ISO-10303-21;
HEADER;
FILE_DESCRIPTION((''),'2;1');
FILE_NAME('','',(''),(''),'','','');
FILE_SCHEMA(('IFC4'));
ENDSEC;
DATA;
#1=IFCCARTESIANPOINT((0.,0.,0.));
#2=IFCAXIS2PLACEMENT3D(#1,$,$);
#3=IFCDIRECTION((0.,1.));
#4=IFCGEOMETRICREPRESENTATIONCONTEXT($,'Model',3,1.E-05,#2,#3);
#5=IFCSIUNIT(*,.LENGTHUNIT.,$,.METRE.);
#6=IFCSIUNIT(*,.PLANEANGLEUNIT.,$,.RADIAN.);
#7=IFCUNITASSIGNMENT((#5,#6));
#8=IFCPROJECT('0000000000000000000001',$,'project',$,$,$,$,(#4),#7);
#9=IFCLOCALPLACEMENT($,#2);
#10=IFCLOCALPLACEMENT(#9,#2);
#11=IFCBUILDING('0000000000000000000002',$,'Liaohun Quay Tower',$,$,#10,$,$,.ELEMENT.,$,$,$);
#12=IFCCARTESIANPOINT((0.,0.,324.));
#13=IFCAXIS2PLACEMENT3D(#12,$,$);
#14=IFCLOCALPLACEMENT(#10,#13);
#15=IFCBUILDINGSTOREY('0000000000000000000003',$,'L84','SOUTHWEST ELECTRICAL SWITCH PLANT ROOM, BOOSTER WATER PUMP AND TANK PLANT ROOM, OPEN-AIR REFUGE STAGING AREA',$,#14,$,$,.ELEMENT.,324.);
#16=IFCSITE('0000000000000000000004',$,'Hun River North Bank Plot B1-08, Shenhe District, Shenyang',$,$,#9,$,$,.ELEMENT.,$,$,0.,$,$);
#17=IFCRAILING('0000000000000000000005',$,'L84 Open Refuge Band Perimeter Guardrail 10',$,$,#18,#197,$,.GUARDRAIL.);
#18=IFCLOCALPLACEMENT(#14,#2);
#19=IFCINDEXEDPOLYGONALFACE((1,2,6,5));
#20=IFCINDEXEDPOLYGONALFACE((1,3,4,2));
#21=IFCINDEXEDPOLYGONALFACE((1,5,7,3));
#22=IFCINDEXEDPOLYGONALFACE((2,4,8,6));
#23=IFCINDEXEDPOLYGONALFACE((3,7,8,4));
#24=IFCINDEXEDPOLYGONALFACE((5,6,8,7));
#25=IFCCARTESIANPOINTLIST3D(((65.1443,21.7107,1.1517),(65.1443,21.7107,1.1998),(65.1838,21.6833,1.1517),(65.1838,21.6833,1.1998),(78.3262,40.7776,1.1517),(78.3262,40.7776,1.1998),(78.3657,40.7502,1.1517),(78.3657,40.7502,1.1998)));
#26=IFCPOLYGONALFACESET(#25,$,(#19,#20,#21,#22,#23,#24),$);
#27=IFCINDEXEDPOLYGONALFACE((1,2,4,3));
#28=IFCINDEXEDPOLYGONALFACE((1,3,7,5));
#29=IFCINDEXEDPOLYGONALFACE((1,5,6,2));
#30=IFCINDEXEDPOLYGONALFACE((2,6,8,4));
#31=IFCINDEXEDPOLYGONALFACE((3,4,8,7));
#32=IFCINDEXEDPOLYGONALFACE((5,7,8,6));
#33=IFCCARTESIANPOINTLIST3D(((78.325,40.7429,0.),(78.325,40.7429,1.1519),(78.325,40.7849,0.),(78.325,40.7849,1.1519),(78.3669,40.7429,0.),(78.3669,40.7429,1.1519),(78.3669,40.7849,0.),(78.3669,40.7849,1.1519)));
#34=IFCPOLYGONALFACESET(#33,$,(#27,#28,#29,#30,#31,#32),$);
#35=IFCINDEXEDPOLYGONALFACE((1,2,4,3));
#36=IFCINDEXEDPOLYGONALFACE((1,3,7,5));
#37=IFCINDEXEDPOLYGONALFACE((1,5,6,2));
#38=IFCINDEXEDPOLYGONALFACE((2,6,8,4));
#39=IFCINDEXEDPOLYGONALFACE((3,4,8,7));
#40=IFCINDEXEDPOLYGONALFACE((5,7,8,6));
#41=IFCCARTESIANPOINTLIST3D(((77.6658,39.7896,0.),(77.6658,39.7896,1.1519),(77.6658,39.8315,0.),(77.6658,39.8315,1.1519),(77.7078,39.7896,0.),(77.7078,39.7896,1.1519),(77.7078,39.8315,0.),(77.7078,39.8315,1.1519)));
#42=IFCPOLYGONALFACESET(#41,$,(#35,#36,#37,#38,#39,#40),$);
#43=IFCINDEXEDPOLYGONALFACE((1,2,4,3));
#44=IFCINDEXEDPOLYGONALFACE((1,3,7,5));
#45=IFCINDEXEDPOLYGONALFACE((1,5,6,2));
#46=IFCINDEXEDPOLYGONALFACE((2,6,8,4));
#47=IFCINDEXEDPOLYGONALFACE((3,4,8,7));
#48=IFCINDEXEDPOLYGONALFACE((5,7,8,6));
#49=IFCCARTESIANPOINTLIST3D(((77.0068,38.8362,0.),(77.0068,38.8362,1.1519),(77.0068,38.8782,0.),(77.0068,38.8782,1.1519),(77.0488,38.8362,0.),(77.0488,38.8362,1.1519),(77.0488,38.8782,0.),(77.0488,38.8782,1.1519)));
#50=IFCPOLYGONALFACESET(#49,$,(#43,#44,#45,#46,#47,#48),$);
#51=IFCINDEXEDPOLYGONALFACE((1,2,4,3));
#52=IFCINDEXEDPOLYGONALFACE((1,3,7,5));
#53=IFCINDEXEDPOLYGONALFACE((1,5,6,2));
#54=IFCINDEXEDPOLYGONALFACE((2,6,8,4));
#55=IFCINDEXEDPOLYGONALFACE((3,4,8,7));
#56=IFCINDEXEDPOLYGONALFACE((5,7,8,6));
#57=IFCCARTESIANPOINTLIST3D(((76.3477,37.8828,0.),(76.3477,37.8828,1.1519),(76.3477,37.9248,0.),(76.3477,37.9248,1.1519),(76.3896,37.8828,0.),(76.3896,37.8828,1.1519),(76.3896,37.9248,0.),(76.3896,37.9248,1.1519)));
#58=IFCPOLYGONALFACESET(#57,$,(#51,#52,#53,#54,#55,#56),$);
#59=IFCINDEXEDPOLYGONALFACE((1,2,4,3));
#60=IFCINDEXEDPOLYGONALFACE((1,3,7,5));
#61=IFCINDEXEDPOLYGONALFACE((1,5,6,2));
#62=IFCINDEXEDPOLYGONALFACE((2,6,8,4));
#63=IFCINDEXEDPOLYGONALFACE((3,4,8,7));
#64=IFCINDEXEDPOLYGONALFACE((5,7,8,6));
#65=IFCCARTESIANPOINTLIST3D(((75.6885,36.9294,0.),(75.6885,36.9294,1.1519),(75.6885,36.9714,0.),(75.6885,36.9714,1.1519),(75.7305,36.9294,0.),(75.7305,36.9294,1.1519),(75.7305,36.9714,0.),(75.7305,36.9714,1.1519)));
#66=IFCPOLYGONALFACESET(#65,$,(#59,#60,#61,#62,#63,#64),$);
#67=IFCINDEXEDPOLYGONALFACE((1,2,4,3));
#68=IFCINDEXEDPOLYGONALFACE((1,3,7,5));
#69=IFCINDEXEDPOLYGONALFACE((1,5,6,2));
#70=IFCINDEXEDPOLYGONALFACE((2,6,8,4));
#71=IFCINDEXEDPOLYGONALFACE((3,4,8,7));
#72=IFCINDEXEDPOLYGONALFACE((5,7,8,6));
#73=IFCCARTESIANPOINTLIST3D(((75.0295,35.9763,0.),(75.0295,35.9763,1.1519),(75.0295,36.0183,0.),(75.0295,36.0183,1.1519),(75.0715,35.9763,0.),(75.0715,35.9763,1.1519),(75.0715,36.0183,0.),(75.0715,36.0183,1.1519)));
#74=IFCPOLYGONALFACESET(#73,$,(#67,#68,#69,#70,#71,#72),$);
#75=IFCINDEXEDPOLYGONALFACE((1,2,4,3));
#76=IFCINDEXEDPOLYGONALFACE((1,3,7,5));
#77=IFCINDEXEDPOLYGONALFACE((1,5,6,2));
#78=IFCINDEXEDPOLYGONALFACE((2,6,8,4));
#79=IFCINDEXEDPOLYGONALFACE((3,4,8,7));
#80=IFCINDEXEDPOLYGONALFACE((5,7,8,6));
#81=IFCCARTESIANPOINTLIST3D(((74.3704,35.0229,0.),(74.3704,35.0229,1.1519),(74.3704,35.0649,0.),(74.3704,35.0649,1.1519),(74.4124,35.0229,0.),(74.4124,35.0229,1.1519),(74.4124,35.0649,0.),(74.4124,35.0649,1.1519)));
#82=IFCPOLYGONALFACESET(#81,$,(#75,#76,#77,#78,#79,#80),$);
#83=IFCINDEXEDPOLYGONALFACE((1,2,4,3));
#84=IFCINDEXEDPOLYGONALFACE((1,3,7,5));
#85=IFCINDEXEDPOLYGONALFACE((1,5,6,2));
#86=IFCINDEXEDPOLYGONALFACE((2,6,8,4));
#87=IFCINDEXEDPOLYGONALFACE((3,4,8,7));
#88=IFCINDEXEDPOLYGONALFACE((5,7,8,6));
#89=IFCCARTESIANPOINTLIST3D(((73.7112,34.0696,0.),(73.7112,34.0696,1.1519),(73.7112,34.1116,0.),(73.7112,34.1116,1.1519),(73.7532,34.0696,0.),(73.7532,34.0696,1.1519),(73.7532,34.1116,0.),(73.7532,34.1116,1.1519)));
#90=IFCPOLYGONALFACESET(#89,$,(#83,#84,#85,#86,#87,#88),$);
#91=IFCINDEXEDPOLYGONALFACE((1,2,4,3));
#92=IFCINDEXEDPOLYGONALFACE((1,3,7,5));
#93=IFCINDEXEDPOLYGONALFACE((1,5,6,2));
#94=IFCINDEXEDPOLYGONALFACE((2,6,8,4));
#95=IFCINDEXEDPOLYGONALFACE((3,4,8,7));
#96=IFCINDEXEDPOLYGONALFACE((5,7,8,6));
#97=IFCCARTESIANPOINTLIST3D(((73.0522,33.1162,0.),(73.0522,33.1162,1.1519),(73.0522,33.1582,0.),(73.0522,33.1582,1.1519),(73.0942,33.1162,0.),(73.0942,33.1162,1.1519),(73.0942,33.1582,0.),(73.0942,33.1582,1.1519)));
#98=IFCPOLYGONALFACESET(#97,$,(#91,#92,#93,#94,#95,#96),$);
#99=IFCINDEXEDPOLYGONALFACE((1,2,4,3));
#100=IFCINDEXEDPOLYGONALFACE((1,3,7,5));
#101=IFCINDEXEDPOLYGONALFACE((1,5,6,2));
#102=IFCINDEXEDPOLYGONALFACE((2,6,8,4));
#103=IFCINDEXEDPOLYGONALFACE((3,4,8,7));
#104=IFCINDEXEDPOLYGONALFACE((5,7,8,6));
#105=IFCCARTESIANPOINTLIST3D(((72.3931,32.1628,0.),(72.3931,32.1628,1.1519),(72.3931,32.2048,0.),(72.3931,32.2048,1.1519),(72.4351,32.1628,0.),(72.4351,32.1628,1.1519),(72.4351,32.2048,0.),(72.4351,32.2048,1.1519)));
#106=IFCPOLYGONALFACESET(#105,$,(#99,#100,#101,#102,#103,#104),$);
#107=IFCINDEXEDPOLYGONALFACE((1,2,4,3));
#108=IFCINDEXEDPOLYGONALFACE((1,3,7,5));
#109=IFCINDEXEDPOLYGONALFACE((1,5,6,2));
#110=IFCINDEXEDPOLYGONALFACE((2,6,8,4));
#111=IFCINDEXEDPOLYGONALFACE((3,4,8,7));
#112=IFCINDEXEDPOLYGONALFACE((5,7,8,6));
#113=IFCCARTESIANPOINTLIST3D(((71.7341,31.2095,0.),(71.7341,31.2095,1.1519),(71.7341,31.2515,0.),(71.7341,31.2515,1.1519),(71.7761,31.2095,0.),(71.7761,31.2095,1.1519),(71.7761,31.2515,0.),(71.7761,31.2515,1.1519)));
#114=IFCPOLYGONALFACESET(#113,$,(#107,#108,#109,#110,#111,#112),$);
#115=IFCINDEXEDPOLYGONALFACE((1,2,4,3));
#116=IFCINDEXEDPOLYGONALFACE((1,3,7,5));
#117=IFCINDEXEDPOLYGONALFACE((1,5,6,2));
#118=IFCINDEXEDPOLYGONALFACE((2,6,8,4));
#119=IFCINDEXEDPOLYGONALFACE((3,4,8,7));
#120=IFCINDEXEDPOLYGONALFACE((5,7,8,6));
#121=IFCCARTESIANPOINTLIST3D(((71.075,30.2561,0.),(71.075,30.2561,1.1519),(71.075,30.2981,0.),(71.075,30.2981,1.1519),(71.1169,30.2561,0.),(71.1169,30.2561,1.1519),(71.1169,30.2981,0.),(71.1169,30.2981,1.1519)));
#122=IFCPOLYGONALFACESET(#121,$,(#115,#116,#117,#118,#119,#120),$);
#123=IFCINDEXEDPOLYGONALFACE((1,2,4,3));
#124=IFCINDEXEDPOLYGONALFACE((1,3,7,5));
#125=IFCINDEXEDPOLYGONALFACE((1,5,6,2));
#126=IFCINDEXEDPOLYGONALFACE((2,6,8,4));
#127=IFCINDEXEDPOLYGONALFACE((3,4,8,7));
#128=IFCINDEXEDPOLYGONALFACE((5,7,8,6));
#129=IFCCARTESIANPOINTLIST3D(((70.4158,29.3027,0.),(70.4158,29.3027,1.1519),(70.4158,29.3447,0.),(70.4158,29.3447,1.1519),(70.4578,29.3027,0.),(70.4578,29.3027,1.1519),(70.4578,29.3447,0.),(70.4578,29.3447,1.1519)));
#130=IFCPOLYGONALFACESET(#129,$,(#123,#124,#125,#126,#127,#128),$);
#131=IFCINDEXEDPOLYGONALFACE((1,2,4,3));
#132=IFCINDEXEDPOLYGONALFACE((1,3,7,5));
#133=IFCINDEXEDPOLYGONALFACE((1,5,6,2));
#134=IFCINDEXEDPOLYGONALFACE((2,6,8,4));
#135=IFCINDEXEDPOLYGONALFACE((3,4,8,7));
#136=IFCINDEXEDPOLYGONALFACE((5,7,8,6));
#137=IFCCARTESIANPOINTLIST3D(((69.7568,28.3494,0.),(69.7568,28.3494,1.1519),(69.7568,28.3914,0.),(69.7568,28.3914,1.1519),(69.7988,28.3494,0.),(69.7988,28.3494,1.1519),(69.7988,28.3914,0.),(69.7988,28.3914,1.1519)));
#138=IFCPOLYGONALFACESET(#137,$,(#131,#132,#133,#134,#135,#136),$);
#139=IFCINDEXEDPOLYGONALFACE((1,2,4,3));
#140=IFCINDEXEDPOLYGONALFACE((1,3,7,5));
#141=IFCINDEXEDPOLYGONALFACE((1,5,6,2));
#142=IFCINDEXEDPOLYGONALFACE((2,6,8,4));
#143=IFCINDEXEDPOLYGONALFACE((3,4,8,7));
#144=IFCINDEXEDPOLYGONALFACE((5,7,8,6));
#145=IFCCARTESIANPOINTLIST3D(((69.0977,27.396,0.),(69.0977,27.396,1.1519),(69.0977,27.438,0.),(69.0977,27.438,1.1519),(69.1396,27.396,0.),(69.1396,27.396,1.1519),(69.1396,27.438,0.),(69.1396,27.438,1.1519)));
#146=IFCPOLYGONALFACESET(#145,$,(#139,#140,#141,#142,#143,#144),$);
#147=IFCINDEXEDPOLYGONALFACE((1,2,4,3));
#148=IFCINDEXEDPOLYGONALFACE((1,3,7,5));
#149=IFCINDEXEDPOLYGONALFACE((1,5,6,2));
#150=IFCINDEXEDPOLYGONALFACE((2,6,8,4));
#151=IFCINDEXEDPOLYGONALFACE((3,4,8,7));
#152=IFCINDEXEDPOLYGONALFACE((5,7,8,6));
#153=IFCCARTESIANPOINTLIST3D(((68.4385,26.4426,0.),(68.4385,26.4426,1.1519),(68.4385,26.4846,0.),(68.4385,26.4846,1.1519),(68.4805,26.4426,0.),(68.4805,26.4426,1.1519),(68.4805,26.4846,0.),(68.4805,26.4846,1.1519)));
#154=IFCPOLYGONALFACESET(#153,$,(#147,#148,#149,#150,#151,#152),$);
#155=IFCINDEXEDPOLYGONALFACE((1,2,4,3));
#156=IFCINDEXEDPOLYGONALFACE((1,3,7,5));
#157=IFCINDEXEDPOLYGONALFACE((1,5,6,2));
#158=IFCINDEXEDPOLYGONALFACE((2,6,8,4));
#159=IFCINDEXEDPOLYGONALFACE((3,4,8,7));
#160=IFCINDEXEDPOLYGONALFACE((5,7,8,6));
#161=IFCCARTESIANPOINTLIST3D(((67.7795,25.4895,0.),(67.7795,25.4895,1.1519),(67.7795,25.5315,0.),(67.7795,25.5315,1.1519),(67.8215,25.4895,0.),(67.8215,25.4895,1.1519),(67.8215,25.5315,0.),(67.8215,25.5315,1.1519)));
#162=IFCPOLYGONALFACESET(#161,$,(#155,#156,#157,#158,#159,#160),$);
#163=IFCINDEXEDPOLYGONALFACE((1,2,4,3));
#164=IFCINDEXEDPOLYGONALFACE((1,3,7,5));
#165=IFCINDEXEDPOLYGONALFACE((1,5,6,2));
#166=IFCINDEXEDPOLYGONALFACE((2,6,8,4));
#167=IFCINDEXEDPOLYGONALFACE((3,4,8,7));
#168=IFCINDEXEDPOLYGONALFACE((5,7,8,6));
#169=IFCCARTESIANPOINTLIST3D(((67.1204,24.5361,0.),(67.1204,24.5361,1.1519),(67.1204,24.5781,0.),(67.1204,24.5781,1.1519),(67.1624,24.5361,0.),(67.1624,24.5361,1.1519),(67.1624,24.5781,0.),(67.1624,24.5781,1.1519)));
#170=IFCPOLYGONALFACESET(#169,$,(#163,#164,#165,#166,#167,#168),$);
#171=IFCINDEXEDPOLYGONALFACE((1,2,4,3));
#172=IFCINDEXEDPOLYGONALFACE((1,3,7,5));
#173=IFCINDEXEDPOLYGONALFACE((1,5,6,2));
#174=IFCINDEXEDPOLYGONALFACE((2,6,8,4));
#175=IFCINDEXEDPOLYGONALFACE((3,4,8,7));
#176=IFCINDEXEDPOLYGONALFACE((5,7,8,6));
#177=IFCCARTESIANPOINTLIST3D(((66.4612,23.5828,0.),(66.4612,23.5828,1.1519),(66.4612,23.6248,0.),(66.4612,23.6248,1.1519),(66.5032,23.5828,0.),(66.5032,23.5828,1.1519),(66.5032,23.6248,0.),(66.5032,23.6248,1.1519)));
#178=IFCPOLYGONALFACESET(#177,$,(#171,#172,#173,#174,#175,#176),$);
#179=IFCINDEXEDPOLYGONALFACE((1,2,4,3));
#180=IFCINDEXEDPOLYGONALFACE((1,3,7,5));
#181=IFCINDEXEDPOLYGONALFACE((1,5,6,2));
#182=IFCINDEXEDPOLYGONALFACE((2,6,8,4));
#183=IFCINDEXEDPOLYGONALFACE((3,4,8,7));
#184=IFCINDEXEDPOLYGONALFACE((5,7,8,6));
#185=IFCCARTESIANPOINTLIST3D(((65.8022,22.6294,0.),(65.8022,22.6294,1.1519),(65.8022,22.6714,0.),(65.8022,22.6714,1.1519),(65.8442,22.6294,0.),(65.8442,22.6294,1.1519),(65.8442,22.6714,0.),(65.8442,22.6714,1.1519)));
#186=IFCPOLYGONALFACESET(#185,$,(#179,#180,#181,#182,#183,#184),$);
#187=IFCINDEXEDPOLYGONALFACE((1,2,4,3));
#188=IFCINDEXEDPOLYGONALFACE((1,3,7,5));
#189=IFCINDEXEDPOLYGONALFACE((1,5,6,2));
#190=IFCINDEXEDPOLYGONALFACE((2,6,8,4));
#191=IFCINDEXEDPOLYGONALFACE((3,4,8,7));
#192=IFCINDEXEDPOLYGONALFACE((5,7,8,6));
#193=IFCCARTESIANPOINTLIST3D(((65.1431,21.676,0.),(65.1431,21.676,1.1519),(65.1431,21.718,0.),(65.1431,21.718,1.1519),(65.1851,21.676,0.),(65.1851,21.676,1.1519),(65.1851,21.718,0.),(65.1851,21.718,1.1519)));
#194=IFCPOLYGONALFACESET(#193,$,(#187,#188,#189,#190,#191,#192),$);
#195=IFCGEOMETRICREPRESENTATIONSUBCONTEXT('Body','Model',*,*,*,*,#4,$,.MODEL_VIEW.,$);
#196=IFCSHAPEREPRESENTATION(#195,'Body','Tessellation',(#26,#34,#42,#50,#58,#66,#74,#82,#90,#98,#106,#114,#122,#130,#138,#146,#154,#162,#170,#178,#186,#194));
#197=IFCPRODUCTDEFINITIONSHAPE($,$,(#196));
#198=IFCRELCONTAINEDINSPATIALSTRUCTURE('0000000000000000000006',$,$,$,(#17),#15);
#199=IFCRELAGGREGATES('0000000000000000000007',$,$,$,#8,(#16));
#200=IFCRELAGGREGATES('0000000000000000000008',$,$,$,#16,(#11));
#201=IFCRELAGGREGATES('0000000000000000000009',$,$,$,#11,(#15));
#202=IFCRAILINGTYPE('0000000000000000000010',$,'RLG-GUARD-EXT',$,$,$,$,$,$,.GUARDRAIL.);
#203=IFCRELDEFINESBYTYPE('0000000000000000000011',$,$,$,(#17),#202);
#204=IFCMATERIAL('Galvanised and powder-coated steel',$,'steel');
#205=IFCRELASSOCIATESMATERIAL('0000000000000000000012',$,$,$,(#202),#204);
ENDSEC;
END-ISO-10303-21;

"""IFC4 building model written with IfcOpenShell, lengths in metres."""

from ifc_helpers import new_model, si_unit, direction, frame, origin, origin_2d, place, context, subcontext, project, spatial, rectangle, extrude, material, type_object, element, save


model = new_model("IFC4")

# Units and contexts
model_context = context("Model", 3, precision=1e-05, world=origin(), true_north=direction((0.0, 1.0)))
body_context = subcontext(model_context, "Body", "Model", "MODEL_VIEW")
ifc_project = project(units=[si_unit("LENGTHUNIT", "METRE"), si_unit("PLANEANGLEUNIT", "RADIAN")], contexts=[model_context])

# Site, building, storey
site_placement = place(None, origin())
site = spatial("IfcSite", under=ifc_project, at=site_placement, Name="Hun River North Bank Plot B1-08, Shenhe District, Shenyang", CompositionType="ELEMENT", RefElevation=0.0)
building_placement = place(site_placement, origin())
building = spatial("IfcBuilding", under=site, at=building_placement, Name="Liaohun Quay Tower", CompositionType="ELEMENT")
storey_placement = place(building_placement, frame((0.0, 0.0, 324.0)))
storey = spatial("IfcBuildingStorey", under=building, at=storey_placement, Name="L84", Description="SOUTHWEST ELECTRICAL SWITCH PLANT ROOM, BOOSTER WATER PUMP AND TANK PLANT ROOM, OPEN-AIR REFUGE STAGING AREA", CompositionType="ELEMENT", Elevation=324.0)

# Railing
ifc_material_1 = material(Name="Galvanised and powder-coated steel", Category="steel")
railing_type = type_object("IfcRailingType", Name="RLG-GUARD-EXT", PredefinedType="GUARDRAIL", material=ifc_material_1)
railing_1_placement = place(storey_placement, frame((78.3459, 40.7639, 0.0)))
element("IfcRailing", 1, at=railing_1_placement, inside=storey, type_object=railing_type, Name="L84 Open Refuge Band Perimeter Guardrail 10", PredefinedType="GUARDRAIL", context=body_context, shape_type="SweptSolid", body=[
    extrude(rectangle(XDim=0.0481, YDim=0.0481, at=origin_2d()), frame((0.0, 0.0, 1.1758), z_axis=(-0.568677, -0.822561, 0.0), x_axis=(0.822561, -0.568677, 0.0)), (0.0, 0.0, 1.0), 23.1799),
    extrude(rectangle(XDim=0.042, YDim=0.042, at=origin_2d()), origin(), (0.0, 0.0, 1.0), 1.1519),
    extrude(rectangle(XDim=0.042, YDim=0.042, at=origin_2d()), frame((-0.6592, -0.9534, 0.0)), (0.0, 0.0, 1.0), 1.1519),
    extrude(rectangle(XDim=0.042, YDim=0.042, at=origin_2d()), frame((-1.3181, -1.9067, 0.0)), (0.0, 0.0, 1.0), 1.1519),
    extrude(rectangle(XDim=0.042, YDim=0.042, at=origin_2d()), frame((-1.9773, -2.8601, 0.0)), (0.0, 0.0, 1.0), 1.1519),
    extrude(rectangle(XDim=0.042, YDim=0.042, at=origin_2d()), frame((-2.6365, -3.8135, 0.0)), (0.0, 0.0, 1.0), 1.1519),
    extrude(rectangle(XDim=0.042, YDim=0.042, at=origin_2d()), frame((-3.2954, -4.7666, 0.0)), (0.0, 0.0, 1.0), 1.1519),
    extrude(rectangle(XDim=0.042, YDim=0.042, at=origin_2d()), frame((-3.9546, -5.72, 0.0)), (0.0, 0.0, 1.0), 1.1519),
    extrude(rectangle(XDim=0.042, YDim=0.042, at=origin_2d()), frame((-4.6138, -6.6733, 0.0)), (0.0, 0.0, 1.0), 1.1519),
    extrude(rectangle(XDim=0.042, YDim=0.042, at=origin_2d()), frame((-5.2727, -7.6267, 0.0)), (0.0, 0.0, 1.0), 1.1519),
    extrude(rectangle(XDim=0.042, YDim=0.042, at=origin_2d()), frame((-5.9319, -8.5801, 0.0)), (0.0, 0.0, 1.0), 1.1519),
    extrude(rectangle(XDim=0.042, YDim=0.042, at=origin_2d()), frame((-6.5908, -9.5334, 0.0)), (0.0, 0.0, 1.0), 1.1519),
    extrude(rectangle(XDim=0.042, YDim=0.042, at=origin_2d()), frame((-7.25, -10.4868, 0.0)), (0.0, 0.0, 1.0), 1.1519),
    extrude(rectangle(XDim=0.042, YDim=0.042, at=origin_2d()), frame((-7.9092, -11.4402, 0.0)), (0.0, 0.0, 1.0), 1.1519),
    extrude(rectangle(XDim=0.042, YDim=0.042, at=origin_2d()), frame((-8.5681, -12.3936, 0.0)), (0.0, 0.0, 1.0), 1.1519),
    extrude(rectangle(XDim=0.042, YDim=0.042, at=origin_2d()), frame((-9.2273, -13.3469, 0.0)), (0.0, 0.0, 1.0), 1.1519),
    extrude(rectangle(XDim=0.042, YDim=0.042, at=origin_2d()), frame((-9.8865, -14.3003, 0.0)), (0.0, 0.0, 1.0), 1.1519),
    extrude(rectangle(XDim=0.042, YDim=0.042, at=origin_2d()), frame((-10.5454, -15.2534, 0.0)), (0.0, 0.0, 1.0), 1.1519),
    extrude(rectangle(XDim=0.042, YDim=0.042, at=origin_2d()), frame((-11.2046, -16.2068, 0.0)), (0.0, 0.0, 1.0), 1.1519),
    extrude(rectangle(XDim=0.042, YDim=0.042, at=origin_2d()), frame((-11.8638, -17.1602, 0.0)), (0.0, 0.0, 1.0), 1.1519),
    extrude(rectangle(XDim=0.042, YDim=0.042, at=origin_2d()), frame((-12.5227, -18.1135, 0.0)), (0.0, 0.0, 1.0), 1.1519),
    extrude(rectangle(XDim=0.042, YDim=0.042, at=origin_2d()), frame((-13.1819, -19.0669, 0.0)), (0.0, 0.0, 1.0), 1.1519),
])

save(model, "model.ifc")
